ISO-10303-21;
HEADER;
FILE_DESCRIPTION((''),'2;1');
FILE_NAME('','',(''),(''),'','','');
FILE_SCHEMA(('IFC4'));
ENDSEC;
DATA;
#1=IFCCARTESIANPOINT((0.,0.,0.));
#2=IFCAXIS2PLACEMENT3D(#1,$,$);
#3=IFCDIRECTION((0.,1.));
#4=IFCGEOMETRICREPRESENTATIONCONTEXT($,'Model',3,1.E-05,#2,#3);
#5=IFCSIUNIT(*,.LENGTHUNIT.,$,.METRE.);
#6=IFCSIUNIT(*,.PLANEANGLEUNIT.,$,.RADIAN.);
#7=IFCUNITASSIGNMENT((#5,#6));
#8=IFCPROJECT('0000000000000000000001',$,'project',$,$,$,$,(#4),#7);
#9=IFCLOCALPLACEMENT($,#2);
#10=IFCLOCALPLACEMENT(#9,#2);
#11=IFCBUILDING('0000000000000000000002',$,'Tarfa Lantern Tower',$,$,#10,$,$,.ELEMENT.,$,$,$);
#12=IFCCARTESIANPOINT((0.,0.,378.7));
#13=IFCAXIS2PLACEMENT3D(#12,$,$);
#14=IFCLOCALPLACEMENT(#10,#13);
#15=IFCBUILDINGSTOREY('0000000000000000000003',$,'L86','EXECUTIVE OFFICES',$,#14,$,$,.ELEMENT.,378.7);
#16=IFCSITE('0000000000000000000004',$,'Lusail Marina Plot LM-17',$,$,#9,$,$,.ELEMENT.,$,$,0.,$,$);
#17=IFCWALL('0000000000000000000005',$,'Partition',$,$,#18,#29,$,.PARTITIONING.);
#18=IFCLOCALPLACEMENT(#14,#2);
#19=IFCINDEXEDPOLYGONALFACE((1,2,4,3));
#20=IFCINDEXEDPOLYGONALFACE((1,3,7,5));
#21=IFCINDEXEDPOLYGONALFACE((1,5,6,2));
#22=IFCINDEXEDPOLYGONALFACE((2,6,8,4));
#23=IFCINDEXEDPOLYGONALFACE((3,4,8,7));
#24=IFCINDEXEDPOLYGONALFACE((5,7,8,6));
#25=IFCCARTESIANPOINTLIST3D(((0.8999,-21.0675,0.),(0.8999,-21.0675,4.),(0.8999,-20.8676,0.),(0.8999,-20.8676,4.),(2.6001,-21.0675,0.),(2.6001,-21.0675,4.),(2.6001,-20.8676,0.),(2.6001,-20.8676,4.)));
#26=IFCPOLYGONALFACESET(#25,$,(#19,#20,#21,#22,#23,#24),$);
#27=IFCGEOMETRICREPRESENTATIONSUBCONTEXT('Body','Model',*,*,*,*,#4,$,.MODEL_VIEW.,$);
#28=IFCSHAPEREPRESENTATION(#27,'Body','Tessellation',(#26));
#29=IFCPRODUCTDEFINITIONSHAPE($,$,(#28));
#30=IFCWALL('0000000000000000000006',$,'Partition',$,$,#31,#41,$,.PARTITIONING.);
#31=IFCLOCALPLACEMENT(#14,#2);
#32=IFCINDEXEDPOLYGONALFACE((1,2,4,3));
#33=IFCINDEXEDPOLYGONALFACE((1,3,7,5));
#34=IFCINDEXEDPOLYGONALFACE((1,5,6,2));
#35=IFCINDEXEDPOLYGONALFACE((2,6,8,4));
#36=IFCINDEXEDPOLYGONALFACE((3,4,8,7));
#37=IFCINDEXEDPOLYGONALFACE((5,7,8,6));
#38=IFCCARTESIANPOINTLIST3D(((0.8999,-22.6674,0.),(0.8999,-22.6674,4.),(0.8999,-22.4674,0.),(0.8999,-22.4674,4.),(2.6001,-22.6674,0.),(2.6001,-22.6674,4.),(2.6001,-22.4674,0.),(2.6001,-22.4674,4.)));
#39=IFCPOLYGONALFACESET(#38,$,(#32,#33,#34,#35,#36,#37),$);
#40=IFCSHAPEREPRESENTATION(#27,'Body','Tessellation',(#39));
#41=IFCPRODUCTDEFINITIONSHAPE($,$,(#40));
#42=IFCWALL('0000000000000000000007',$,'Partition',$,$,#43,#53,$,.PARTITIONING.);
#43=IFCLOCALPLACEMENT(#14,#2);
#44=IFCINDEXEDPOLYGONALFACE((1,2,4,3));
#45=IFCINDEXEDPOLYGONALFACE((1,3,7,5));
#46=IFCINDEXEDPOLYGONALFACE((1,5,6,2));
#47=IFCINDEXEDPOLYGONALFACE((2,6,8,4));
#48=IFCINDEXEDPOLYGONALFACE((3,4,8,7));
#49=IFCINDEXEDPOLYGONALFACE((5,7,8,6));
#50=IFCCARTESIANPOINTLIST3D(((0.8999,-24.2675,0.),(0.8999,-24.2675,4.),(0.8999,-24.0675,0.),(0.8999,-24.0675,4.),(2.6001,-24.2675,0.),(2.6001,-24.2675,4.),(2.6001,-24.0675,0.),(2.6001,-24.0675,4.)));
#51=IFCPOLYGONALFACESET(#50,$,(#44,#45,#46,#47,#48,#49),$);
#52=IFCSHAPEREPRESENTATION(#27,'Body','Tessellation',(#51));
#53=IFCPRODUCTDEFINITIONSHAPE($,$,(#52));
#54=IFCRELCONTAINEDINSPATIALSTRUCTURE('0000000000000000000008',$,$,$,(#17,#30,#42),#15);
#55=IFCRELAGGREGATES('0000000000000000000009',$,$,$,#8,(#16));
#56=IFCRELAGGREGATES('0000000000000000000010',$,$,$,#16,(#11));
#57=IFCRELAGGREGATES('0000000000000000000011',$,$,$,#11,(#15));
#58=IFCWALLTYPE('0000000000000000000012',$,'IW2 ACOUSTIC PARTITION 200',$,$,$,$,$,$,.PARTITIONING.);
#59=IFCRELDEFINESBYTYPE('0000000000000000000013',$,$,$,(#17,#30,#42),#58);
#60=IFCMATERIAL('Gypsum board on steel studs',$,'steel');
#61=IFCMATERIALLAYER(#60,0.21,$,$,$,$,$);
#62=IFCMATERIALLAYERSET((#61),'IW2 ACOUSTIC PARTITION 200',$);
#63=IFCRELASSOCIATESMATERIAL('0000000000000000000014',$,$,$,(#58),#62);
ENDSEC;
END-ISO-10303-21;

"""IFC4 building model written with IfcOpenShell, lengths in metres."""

from ifc_helpers import new_model, si_unit, direction, frame, frame_2d, origin, place, context, subcontext, project, spatial, rectangle, extrude, material, layer, layer_set, type_object, element, save


model = new_model("IFC4")

# Units and contexts
model_context = context("Model", 3, precision=1e-05, world=origin(), true_north=direction((0.0, 1.0)))
body_context = subcontext(model_context, "Body", "Model", "MODEL_VIEW")
ifc_project = project(units=[si_unit("LENGTHUNIT", "METRE"), si_unit("PLANEANGLEUNIT", "RADIAN")], contexts=[model_context])

# Site, building, storey
site_placement = place(None, origin())
site = spatial("IfcSite", under=ifc_project, at=site_placement, Name="Lusail Marina Plot LM-17", CompositionType="ELEMENT", RefElevation=0.0)
building_placement = place(site_placement, origin())
building = spatial("IfcBuilding", under=site, at=building_placement, Name="Tarfa Lantern Tower", CompositionType="ELEMENT")
storey_placement = place(building_placement, frame((0.0, 0.0, 378.7)))
storey = spatial("IfcBuildingStorey", under=building, at=storey_placement, Name="L86", Description="EXECUTIVE OFFICES", CompositionType="ELEMENT", Elevation=378.7)

# Walls
ifc_material_1 = material(Name="Gypsum board on steel studs", Category="steel")
ifc_layer_1 = layer(ifc_material_1, 0.21)
ifc_layer_set_1 = layer_set([ifc_layer_1], Name="IW2 ACOUSTIC PARTITION 200")
wall_type = type_object("IfcWallType", Name="IW2 ACOUSTIC PARTITION 200", PredefinedType="PARTITIONING", material=ifc_layer_set_1)
for number, where, z_axis, x_axis, name in (
    (1, (2.6001, -20.9675, 0.0), (0.0, 0.0, 1.0), (-1.0, 0.0, 0.0), "Partition"),
    (2, (2.6001, -22.5674, 0.0), (0.0, 0.0, 1.0), (-1.0, 0.0, 0.0), "Partition"),
    (3, (2.6001, -24.1675, 0.0), (0.0, 0.0, 1.0), (-1.0, 0.0, 0.0), "Partition"),
):
    element("IfcWall", number, at=place(storey_placement, frame(where, z_axis=z_axis, x_axis=x_axis)), inside=storey, type_object=wall_type, Name=name, PredefinedType="PARTITIONING", context=body_context, shape_type="SweptSolid", body=[
        extrude(rectangle(XDim=1.7002, YDim=0.2, at=frame_2d((0.8501, 0.0))), origin(), (0.0, 0.0, 1.0), 4.0),
    ])

save(model, "model.ifc")
